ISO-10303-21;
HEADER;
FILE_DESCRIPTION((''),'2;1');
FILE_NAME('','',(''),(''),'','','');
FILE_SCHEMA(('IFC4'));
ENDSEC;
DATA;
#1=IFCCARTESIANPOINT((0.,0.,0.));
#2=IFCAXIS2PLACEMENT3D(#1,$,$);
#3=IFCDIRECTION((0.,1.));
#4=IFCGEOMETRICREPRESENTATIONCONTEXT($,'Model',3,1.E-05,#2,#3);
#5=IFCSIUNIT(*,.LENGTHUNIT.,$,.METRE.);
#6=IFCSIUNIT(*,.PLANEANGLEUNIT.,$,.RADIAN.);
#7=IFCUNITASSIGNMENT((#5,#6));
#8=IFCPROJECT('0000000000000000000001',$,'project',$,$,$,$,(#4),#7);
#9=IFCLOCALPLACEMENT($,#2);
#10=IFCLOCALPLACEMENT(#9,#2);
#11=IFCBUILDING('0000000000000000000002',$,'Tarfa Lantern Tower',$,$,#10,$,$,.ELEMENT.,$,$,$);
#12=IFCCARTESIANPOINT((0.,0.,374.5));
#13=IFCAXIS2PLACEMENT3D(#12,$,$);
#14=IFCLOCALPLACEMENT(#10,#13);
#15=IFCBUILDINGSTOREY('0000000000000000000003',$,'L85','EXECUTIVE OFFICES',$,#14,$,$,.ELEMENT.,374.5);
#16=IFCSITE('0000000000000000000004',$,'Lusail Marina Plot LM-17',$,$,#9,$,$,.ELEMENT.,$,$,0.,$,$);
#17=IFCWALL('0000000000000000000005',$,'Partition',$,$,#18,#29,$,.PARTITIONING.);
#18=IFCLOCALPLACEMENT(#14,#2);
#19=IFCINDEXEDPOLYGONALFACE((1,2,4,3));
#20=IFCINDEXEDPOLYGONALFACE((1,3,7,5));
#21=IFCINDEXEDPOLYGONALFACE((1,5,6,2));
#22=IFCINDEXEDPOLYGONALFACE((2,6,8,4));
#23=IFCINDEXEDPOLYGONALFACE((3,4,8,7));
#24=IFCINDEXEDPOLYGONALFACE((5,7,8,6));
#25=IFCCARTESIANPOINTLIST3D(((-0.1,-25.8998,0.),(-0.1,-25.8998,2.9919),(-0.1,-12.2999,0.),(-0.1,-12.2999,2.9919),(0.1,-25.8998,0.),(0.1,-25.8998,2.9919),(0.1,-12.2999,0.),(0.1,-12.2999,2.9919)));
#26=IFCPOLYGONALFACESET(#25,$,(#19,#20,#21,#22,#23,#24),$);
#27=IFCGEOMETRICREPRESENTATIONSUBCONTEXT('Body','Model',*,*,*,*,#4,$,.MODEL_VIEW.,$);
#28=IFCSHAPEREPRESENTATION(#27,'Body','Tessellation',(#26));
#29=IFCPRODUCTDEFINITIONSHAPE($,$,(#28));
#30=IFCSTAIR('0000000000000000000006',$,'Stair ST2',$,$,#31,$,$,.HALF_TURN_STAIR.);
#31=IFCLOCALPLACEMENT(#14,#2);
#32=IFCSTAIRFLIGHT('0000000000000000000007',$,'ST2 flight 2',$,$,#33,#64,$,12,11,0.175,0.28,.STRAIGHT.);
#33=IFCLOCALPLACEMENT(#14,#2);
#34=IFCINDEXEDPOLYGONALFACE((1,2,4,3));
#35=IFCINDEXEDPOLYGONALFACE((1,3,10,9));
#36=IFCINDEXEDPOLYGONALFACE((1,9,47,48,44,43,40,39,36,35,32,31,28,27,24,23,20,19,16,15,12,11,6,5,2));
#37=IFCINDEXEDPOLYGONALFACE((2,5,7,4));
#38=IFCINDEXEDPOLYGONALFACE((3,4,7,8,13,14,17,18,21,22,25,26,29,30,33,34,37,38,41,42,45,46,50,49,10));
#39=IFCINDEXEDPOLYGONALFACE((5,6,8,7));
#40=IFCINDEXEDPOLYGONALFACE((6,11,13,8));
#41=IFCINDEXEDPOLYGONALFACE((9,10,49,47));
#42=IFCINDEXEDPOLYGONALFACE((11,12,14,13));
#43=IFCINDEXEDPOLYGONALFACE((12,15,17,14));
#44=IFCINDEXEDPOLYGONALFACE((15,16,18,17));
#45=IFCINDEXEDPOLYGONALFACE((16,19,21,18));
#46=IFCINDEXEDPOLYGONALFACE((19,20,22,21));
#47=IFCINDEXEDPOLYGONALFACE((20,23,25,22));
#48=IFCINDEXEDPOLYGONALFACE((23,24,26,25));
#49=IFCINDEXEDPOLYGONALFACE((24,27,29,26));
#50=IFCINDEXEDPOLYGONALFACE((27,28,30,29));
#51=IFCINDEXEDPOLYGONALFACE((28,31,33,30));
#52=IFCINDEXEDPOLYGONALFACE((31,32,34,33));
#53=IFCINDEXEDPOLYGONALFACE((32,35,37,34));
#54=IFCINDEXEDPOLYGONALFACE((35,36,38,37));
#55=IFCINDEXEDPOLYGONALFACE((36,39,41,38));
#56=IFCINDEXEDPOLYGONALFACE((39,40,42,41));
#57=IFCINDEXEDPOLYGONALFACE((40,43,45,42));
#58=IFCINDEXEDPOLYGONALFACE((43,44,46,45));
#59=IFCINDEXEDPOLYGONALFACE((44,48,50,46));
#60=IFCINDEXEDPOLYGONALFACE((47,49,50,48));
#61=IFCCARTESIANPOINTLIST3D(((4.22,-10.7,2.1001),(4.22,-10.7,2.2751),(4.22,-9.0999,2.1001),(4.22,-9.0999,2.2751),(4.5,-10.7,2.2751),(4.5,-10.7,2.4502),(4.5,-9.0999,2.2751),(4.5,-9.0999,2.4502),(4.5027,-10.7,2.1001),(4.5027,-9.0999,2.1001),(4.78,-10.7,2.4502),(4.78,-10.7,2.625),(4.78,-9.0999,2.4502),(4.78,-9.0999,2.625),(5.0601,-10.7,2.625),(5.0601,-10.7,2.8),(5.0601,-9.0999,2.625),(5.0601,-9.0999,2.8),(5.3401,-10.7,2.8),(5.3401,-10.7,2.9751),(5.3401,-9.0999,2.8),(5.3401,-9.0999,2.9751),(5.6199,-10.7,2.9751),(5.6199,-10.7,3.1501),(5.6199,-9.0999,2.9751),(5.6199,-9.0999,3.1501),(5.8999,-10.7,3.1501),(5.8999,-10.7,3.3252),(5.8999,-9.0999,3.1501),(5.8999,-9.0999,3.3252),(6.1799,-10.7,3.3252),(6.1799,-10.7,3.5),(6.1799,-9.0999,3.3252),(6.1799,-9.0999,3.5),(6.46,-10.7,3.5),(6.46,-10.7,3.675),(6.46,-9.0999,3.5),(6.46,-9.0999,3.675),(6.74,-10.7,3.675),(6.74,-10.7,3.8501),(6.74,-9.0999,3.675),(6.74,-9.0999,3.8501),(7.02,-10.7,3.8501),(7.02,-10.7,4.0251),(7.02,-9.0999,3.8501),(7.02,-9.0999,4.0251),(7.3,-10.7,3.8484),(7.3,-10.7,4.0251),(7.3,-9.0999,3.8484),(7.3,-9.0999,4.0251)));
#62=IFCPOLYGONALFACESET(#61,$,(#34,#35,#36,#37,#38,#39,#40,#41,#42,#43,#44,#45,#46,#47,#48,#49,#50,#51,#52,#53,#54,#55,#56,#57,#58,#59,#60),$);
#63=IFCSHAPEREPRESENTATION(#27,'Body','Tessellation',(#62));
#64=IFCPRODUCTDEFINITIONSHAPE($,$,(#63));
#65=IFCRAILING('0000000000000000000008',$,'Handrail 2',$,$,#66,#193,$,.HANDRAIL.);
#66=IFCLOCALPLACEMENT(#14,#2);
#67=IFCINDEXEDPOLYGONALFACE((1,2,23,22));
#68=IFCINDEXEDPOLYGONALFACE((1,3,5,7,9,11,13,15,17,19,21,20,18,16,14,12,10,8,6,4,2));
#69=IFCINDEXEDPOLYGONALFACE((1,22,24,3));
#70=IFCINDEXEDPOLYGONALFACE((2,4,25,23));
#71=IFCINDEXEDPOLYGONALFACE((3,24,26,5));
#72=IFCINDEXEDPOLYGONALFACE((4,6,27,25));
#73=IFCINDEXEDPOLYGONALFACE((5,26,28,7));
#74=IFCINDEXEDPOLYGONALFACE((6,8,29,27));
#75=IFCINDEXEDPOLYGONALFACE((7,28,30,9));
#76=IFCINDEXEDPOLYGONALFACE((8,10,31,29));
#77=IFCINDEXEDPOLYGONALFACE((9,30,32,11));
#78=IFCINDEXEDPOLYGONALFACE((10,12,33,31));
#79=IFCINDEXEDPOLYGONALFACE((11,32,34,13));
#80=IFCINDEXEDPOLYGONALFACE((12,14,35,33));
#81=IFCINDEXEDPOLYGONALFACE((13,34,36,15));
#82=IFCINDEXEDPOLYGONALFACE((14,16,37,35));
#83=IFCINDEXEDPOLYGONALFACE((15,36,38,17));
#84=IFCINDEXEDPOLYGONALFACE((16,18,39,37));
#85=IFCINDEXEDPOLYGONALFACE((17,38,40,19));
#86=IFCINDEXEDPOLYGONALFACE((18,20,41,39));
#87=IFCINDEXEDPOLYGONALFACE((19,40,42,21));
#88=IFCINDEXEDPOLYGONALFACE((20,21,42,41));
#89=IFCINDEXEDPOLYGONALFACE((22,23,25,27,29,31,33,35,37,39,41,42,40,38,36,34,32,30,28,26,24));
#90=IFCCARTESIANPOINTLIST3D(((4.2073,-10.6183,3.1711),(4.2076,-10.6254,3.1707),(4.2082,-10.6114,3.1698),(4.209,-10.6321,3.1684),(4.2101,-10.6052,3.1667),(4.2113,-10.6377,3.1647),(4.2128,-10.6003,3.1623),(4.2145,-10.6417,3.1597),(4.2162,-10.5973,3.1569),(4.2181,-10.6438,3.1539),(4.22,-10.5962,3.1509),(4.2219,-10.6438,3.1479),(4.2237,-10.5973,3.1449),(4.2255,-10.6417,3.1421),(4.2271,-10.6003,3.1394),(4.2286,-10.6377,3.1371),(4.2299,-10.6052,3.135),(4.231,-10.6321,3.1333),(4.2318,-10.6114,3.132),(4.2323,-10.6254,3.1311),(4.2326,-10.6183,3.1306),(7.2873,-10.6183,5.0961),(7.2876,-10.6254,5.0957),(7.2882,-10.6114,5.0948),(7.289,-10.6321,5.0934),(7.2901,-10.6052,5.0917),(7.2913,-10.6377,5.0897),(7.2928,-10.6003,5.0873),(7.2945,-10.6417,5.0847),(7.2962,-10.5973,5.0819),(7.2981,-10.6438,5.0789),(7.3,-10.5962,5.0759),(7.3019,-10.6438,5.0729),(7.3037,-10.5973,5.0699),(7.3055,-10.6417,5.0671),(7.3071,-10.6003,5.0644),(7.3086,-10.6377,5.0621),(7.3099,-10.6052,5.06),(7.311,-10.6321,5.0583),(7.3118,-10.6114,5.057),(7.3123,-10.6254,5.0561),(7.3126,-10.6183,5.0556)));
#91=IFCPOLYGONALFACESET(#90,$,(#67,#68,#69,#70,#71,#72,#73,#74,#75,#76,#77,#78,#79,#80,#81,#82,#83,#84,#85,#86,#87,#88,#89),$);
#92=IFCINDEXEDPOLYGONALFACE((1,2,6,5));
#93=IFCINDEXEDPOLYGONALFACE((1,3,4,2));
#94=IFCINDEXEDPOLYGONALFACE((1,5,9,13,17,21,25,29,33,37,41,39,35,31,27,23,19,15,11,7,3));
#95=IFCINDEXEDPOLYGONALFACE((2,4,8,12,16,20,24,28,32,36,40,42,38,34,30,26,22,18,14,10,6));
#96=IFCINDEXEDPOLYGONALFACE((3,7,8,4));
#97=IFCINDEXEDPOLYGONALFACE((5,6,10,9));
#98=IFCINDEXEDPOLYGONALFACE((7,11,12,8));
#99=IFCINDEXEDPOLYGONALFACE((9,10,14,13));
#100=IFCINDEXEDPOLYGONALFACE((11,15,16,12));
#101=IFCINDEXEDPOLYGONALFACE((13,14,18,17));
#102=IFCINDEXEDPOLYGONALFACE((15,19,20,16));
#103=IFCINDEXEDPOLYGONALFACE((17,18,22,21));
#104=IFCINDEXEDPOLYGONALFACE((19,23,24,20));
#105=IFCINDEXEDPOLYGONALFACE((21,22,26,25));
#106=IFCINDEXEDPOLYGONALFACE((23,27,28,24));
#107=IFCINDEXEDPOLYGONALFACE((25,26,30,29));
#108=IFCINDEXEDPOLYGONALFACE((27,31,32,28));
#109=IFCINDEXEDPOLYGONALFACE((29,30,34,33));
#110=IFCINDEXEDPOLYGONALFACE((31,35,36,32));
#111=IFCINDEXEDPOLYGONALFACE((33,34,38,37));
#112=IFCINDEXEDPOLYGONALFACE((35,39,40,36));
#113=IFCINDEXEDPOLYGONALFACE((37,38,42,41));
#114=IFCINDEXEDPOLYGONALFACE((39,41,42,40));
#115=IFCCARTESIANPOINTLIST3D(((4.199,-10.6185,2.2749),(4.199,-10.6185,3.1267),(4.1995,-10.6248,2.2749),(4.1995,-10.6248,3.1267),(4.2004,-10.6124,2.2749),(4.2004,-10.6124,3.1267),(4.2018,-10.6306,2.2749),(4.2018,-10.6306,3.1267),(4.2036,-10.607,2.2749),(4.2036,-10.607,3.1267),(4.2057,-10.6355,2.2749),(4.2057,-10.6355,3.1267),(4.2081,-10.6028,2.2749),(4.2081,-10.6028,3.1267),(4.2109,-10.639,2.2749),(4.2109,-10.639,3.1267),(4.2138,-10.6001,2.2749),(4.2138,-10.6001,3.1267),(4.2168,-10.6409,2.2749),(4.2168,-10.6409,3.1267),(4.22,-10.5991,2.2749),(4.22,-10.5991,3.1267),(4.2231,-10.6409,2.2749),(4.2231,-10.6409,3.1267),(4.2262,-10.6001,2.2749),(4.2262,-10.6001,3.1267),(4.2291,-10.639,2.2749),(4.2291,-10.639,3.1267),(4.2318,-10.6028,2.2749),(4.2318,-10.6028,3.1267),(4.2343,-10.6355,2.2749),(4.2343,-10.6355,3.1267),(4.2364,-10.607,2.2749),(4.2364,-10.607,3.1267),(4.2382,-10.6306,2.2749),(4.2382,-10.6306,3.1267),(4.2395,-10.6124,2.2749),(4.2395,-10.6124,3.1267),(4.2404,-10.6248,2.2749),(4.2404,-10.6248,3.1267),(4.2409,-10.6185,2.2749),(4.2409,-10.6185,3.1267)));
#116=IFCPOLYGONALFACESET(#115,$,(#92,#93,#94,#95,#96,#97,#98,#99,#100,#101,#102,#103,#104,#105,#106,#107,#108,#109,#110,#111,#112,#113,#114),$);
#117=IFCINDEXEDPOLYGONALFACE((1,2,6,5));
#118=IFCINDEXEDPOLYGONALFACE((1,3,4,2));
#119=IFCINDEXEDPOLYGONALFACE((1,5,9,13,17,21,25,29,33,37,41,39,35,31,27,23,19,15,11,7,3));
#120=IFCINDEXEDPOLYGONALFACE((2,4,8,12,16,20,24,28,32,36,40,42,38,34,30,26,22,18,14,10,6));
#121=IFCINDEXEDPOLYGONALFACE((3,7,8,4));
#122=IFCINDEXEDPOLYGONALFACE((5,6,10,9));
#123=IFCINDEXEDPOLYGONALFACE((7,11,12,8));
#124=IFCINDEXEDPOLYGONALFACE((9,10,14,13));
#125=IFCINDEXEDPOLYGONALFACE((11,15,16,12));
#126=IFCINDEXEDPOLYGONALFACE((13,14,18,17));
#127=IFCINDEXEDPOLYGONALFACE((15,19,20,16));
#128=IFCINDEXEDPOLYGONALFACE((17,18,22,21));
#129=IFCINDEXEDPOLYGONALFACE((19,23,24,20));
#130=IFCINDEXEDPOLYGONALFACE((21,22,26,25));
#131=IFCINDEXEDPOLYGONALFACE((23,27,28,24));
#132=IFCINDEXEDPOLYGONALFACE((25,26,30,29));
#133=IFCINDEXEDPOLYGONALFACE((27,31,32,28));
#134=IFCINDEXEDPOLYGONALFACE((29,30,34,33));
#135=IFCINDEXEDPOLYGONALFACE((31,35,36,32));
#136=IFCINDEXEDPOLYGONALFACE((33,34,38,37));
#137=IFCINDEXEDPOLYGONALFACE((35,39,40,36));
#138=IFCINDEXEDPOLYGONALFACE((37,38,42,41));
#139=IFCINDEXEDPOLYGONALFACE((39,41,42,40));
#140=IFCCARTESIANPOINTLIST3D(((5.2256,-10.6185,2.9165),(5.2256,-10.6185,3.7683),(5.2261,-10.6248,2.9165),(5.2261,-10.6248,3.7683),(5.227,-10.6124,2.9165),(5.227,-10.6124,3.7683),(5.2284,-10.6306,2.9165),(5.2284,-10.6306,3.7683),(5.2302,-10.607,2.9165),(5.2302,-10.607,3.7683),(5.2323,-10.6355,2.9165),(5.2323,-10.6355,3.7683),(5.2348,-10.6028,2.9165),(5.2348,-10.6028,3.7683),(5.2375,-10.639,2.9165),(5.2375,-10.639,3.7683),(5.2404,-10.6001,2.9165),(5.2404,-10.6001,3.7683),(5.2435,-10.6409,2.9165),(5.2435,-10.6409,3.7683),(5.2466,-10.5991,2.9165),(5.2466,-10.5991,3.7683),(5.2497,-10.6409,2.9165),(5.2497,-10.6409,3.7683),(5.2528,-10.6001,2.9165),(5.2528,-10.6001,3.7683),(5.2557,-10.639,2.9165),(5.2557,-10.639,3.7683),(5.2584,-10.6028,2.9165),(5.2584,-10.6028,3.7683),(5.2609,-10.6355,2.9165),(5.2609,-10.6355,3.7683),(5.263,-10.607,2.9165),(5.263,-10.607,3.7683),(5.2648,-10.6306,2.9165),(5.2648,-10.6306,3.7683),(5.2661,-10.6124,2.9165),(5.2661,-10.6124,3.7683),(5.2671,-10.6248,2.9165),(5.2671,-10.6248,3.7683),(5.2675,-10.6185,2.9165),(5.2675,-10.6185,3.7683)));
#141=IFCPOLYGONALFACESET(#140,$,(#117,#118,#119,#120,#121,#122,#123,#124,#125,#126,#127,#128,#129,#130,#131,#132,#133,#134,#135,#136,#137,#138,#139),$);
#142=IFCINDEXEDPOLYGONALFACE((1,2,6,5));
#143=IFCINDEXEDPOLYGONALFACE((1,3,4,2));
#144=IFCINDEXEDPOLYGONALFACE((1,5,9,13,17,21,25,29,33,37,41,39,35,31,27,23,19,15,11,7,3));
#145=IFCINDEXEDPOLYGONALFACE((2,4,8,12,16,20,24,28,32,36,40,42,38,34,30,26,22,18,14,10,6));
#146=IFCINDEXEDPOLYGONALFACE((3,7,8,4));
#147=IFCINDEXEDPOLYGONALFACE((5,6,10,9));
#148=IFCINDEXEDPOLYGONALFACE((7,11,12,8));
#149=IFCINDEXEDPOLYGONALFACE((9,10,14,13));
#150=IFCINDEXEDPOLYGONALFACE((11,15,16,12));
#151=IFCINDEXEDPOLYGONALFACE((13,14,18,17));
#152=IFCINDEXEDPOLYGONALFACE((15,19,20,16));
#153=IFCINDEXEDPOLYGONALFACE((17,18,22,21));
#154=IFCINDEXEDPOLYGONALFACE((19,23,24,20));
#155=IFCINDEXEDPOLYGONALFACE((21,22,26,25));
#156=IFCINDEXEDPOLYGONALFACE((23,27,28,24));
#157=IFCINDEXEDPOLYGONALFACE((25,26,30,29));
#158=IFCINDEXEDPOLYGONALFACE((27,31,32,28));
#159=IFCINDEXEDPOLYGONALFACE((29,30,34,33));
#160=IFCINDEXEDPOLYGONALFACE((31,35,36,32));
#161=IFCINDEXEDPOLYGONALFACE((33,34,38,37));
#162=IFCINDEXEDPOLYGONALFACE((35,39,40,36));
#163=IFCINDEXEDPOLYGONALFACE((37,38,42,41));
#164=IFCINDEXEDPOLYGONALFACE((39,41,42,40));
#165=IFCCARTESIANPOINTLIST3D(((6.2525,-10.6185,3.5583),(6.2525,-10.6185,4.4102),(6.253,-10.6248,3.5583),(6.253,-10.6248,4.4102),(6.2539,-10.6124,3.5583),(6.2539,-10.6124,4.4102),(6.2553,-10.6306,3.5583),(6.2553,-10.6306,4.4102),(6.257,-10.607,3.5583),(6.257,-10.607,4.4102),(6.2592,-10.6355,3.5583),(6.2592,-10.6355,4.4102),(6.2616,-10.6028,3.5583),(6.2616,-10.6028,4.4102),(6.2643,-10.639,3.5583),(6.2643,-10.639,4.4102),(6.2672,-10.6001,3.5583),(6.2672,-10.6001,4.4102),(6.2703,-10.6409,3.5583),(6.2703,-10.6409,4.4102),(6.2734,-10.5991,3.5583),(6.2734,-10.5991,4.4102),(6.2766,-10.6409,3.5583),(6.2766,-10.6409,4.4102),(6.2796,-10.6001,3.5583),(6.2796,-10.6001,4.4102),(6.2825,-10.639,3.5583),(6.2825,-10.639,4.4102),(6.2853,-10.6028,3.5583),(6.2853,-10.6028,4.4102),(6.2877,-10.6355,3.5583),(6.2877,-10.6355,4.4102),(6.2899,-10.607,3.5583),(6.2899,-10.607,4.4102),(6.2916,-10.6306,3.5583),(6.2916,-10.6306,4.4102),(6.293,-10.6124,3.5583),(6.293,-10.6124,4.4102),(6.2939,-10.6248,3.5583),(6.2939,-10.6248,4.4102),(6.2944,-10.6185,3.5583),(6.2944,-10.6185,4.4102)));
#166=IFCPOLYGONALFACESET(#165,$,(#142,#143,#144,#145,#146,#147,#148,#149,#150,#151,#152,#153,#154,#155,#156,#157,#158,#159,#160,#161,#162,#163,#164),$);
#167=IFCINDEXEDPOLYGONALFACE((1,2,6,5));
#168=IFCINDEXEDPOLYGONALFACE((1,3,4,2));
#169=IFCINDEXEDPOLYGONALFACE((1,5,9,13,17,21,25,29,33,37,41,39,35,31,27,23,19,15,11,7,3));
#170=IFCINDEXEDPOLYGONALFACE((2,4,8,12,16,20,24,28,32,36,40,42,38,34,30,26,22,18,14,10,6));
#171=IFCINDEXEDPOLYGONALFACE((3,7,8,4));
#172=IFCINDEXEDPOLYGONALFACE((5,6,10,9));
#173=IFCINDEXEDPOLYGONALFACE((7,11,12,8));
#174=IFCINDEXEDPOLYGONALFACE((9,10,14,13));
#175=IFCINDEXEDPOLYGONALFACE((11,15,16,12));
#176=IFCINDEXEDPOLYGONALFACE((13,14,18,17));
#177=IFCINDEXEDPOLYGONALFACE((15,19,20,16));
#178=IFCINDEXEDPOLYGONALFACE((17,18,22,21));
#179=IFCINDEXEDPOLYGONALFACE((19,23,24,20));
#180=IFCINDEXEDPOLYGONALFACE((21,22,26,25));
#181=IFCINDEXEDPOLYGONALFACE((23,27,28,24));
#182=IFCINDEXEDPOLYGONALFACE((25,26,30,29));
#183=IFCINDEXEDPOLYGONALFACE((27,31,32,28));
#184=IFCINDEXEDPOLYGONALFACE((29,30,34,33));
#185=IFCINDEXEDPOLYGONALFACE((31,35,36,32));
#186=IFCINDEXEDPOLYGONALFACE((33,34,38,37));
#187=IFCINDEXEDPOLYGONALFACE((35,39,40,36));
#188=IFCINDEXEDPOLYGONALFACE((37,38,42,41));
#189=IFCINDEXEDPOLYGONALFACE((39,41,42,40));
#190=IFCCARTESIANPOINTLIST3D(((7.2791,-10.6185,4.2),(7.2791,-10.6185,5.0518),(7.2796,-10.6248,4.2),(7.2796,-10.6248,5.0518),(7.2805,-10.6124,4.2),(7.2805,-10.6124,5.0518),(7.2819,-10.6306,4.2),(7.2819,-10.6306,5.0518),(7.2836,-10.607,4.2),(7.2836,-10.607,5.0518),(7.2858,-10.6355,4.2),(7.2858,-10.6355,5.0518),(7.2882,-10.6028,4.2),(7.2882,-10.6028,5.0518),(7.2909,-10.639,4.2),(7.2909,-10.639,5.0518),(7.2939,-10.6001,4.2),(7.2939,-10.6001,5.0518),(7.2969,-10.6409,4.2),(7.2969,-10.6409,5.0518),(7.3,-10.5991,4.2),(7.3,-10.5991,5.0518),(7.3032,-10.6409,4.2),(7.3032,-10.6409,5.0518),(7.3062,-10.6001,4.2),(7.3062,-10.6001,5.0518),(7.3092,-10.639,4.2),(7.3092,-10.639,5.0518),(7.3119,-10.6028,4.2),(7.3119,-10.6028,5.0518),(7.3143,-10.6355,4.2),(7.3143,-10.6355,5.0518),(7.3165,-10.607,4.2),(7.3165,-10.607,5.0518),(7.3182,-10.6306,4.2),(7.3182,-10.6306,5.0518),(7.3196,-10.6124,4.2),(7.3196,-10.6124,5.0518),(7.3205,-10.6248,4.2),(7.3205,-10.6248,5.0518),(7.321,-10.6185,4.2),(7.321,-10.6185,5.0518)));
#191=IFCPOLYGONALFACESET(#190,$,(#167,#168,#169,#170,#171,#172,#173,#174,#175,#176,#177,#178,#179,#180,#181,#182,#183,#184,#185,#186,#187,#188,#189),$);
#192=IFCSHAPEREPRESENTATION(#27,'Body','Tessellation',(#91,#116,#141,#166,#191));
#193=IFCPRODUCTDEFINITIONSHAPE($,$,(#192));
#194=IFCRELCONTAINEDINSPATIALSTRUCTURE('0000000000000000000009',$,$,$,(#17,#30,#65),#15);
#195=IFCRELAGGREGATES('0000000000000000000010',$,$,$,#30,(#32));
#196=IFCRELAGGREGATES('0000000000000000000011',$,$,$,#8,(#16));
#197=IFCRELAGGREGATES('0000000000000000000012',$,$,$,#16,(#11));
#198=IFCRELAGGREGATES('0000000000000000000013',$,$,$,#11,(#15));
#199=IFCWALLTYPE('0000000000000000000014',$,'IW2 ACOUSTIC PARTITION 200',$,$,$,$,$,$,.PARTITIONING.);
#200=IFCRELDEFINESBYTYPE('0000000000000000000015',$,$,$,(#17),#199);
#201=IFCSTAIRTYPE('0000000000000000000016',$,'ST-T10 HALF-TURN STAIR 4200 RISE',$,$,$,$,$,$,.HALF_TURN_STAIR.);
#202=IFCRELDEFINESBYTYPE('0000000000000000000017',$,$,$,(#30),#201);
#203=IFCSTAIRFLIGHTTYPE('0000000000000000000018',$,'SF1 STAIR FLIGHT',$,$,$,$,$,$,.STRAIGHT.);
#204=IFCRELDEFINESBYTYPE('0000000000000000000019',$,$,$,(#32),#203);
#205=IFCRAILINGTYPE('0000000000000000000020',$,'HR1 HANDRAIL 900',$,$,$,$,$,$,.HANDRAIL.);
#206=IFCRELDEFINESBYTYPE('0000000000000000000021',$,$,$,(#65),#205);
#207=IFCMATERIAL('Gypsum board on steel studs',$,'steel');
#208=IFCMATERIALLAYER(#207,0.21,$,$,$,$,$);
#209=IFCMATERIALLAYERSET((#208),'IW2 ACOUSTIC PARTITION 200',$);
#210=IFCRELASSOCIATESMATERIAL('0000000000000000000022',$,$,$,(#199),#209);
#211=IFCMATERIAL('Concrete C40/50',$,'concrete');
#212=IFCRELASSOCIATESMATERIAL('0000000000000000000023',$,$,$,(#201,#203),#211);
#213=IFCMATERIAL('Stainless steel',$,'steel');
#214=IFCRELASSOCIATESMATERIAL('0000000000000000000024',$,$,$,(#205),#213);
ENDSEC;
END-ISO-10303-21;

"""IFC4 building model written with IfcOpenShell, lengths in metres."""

from ifc_helpers import new_model, si_unit, direction, frame, frame_2d, origin, origin_2d, place, context, subcontext, project, spatial, polyline, rectangle, circle, outline, extrude, material, layer, layer_set, type_object, element, aggregate, save


model = new_model("IFC4")

# Units and contexts
model_context = context("Model", 3, precision=1e-05, world=origin(), true_north=direction((0.0, 1.0)))
body_context = subcontext(model_context, "Body", "Model", "MODEL_VIEW")
ifc_project = project(units=[si_unit("LENGTHUNIT", "METRE"), si_unit("PLANEANGLEUNIT", "RADIAN")], contexts=[model_context])

# Site, building, storey
site_placement = place(None, origin())
site = spatial("IfcSite", under=ifc_project, at=site_placement, Name="Lusail Marina Plot LM-17", CompositionType="ELEMENT", RefElevation=0.0)
building_placement = place(site_placement, origin())
building = spatial("IfcBuilding", under=site, at=building_placement, Name="Tarfa Lantern Tower", CompositionType="ELEMENT")
storey_placement = place(building_placement, frame((0.0, 0.0, 374.5)))
storey = spatial("IfcBuildingStorey", under=building, at=storey_placement, Name="L85", Description="EXECUTIVE OFFICES", CompositionType="ELEMENT", Elevation=374.5)

# Wall
ifc_material_1 = material(Name="Gypsum board on steel studs", Category="steel")
ifc_layer_1 = layer(ifc_material_1, 0.21)
ifc_layer_set_1 = layer_set([ifc_layer_1], Name="IW2 ACOUSTIC PARTITION 200")
wall_type = type_object("IfcWallType", Name="IW2 ACOUSTIC PARTITION 200", PredefinedType="PARTITIONING", material=ifc_layer_set_1)
wall_placement = place(storey_placement, frame((0.0, -12.3, 0.0), z_axis=(0.0, 0.0, 1.0), x_axis=(0.0, -1.0, 0.0)))
element("IfcWall", 1, at=wall_placement, inside=storey, type_object=wall_type, Name="Partition", PredefinedType="PARTITIONING", context=body_context, shape_type="SweptSolid", body=[
    extrude(rectangle(XDim=13.5999, YDim=0.2, at=frame_2d((6.7998, 0.0))), origin(), (0.0, 0.0, 1.0), 2.9919),
])

# Stair, stair flight
ifc_material_2 = material(Name="Concrete C40/50", Category="concrete")
stair_type = type_object("IfcStairType", Name="ST-T10 HALF-TURN STAIR 4200 RISE", PredefinedType="HALF_TURN_STAIR", material=ifc_material_2)
stair_placement = place(storey_placement, origin())
stair = element("IfcStair", 2, at=stair_placement, inside=storey, type_object=stair_type, Name="Stair ST2", PredefinedType="HALF_TURN_STAIR")
stair_flight_type = type_object("IfcStairFlightType", Name="SF1 STAIR FLIGHT", PredefinedType="STRAIGHT", material=ifc_material_2)
stair_flight_placement = place(storey_placement, frame((4.22, -9.8999, 2.1001), z_axis=(0.0, 0.0, 1.0), x_axis=(1.0, 0.0, 0.0)))
stair_flight = element("IfcStairFlight", 3, at=stair_flight_placement, type_object=stair_flight_type, Name="ST2 flight 2", NumberOfRisers=12, NumberOfTreads=11, PredefinedType="STRAIGHT", RiserHeight=0.175, TreadLength=0.28, context=body_context, shape_type="SweptSolid", body=[
    extrude(outline(polyline([(0.0, 0.0), (0.0, 0.175), (0.28, 0.175), (0.28, 0.3501), (0.5601, 0.3501), (0.5601, 0.5249), (0.8401, 0.5249), (0.8401, 0.7), (1.1201, 0.7), (1.1201, 0.875), (1.3999, 0.875), (1.3999, 1.05), (1.6799, 1.05), (1.6799, 1.2251), (1.96, 1.2251), (1.96, 1.3999), (2.24, 1.3999), (2.24, 1.575), (2.52, 1.575), (2.52, 1.75), (2.8, 1.75), (2.8, 1.925), (3.0801, 1.925), (3.0801, 2.1001), (3.0801, 1.7483), (0.2827, 0.0), (0.0, 0.0)])), frame((0.0, 0.8, 0.0), z_axis=(0.0, -1.0, 0.0), x_axis=(1.0, 0.0, 0.0)), (0.0, 0.0, 1.0), 1.6001),
])
aggregate(stair, [stair_flight])

# Railing
ifc_material_3 = material(Name="Stainless steel", Category="steel")
railing_type = type_object("IfcRailingType", Name="HR1 HANDRAIL 900", PredefinedType="HANDRAIL", material=ifc_material_3)
railing_placement = place(storey_placement, frame((4.22, -10.6201, 2.2749)))
element("IfcRailing", 4, at=railing_placement, inside=storey, type_object=railing_type, Name="Handrail 2", PredefinedType="HANDRAIL", context=body_context, shape_type="SweptSolid", body=[
    extrude(circle(Radius=0.0239, at=origin_2d()), frame((0.0, 0.0, 0.876), z_axis=(0.847998, 0.0, 0.529999), x_axis=(0.0, 1.0, 0.0)), (0.0, 0.0, 1.0), 3.6321),
    extrude(circle(Radius=0.021, at=origin_2d()), frame((0.0, 0.0, 0.0), z_axis=(0.0, 0.0, 1.0), x_axis=(0.0, 1.0, 0.0)), (0.0, 0.0, 1.0), 0.8518),
    extrude(circle(Radius=0.021, at=origin_2d()), frame((1.0266, 0.0, 0.6416), z_axis=(0.0, 0.0, 1.0), x_axis=(0.0, 1.0, 0.0)), (0.0, 0.0, 1.0), 0.8518),
    extrude(circle(Radius=0.021, at=origin_2d()), frame((2.0535, 0.0, 1.2834), z_axis=(0.0, 0.0, 1.0), x_axis=(0.0, 1.0, 0.0)), (0.0, 0.0, 1.0), 0.8518),
    extrude(circle(Radius=0.021, at=origin_2d()), frame((3.0801, 0.0, 1.925), z_axis=(0.0, 0.0, 1.0), x_axis=(0.0, 1.0, 0.0)), (0.0, 0.0, 1.0), 0.8518),
])

save(model, "model.ifc")
